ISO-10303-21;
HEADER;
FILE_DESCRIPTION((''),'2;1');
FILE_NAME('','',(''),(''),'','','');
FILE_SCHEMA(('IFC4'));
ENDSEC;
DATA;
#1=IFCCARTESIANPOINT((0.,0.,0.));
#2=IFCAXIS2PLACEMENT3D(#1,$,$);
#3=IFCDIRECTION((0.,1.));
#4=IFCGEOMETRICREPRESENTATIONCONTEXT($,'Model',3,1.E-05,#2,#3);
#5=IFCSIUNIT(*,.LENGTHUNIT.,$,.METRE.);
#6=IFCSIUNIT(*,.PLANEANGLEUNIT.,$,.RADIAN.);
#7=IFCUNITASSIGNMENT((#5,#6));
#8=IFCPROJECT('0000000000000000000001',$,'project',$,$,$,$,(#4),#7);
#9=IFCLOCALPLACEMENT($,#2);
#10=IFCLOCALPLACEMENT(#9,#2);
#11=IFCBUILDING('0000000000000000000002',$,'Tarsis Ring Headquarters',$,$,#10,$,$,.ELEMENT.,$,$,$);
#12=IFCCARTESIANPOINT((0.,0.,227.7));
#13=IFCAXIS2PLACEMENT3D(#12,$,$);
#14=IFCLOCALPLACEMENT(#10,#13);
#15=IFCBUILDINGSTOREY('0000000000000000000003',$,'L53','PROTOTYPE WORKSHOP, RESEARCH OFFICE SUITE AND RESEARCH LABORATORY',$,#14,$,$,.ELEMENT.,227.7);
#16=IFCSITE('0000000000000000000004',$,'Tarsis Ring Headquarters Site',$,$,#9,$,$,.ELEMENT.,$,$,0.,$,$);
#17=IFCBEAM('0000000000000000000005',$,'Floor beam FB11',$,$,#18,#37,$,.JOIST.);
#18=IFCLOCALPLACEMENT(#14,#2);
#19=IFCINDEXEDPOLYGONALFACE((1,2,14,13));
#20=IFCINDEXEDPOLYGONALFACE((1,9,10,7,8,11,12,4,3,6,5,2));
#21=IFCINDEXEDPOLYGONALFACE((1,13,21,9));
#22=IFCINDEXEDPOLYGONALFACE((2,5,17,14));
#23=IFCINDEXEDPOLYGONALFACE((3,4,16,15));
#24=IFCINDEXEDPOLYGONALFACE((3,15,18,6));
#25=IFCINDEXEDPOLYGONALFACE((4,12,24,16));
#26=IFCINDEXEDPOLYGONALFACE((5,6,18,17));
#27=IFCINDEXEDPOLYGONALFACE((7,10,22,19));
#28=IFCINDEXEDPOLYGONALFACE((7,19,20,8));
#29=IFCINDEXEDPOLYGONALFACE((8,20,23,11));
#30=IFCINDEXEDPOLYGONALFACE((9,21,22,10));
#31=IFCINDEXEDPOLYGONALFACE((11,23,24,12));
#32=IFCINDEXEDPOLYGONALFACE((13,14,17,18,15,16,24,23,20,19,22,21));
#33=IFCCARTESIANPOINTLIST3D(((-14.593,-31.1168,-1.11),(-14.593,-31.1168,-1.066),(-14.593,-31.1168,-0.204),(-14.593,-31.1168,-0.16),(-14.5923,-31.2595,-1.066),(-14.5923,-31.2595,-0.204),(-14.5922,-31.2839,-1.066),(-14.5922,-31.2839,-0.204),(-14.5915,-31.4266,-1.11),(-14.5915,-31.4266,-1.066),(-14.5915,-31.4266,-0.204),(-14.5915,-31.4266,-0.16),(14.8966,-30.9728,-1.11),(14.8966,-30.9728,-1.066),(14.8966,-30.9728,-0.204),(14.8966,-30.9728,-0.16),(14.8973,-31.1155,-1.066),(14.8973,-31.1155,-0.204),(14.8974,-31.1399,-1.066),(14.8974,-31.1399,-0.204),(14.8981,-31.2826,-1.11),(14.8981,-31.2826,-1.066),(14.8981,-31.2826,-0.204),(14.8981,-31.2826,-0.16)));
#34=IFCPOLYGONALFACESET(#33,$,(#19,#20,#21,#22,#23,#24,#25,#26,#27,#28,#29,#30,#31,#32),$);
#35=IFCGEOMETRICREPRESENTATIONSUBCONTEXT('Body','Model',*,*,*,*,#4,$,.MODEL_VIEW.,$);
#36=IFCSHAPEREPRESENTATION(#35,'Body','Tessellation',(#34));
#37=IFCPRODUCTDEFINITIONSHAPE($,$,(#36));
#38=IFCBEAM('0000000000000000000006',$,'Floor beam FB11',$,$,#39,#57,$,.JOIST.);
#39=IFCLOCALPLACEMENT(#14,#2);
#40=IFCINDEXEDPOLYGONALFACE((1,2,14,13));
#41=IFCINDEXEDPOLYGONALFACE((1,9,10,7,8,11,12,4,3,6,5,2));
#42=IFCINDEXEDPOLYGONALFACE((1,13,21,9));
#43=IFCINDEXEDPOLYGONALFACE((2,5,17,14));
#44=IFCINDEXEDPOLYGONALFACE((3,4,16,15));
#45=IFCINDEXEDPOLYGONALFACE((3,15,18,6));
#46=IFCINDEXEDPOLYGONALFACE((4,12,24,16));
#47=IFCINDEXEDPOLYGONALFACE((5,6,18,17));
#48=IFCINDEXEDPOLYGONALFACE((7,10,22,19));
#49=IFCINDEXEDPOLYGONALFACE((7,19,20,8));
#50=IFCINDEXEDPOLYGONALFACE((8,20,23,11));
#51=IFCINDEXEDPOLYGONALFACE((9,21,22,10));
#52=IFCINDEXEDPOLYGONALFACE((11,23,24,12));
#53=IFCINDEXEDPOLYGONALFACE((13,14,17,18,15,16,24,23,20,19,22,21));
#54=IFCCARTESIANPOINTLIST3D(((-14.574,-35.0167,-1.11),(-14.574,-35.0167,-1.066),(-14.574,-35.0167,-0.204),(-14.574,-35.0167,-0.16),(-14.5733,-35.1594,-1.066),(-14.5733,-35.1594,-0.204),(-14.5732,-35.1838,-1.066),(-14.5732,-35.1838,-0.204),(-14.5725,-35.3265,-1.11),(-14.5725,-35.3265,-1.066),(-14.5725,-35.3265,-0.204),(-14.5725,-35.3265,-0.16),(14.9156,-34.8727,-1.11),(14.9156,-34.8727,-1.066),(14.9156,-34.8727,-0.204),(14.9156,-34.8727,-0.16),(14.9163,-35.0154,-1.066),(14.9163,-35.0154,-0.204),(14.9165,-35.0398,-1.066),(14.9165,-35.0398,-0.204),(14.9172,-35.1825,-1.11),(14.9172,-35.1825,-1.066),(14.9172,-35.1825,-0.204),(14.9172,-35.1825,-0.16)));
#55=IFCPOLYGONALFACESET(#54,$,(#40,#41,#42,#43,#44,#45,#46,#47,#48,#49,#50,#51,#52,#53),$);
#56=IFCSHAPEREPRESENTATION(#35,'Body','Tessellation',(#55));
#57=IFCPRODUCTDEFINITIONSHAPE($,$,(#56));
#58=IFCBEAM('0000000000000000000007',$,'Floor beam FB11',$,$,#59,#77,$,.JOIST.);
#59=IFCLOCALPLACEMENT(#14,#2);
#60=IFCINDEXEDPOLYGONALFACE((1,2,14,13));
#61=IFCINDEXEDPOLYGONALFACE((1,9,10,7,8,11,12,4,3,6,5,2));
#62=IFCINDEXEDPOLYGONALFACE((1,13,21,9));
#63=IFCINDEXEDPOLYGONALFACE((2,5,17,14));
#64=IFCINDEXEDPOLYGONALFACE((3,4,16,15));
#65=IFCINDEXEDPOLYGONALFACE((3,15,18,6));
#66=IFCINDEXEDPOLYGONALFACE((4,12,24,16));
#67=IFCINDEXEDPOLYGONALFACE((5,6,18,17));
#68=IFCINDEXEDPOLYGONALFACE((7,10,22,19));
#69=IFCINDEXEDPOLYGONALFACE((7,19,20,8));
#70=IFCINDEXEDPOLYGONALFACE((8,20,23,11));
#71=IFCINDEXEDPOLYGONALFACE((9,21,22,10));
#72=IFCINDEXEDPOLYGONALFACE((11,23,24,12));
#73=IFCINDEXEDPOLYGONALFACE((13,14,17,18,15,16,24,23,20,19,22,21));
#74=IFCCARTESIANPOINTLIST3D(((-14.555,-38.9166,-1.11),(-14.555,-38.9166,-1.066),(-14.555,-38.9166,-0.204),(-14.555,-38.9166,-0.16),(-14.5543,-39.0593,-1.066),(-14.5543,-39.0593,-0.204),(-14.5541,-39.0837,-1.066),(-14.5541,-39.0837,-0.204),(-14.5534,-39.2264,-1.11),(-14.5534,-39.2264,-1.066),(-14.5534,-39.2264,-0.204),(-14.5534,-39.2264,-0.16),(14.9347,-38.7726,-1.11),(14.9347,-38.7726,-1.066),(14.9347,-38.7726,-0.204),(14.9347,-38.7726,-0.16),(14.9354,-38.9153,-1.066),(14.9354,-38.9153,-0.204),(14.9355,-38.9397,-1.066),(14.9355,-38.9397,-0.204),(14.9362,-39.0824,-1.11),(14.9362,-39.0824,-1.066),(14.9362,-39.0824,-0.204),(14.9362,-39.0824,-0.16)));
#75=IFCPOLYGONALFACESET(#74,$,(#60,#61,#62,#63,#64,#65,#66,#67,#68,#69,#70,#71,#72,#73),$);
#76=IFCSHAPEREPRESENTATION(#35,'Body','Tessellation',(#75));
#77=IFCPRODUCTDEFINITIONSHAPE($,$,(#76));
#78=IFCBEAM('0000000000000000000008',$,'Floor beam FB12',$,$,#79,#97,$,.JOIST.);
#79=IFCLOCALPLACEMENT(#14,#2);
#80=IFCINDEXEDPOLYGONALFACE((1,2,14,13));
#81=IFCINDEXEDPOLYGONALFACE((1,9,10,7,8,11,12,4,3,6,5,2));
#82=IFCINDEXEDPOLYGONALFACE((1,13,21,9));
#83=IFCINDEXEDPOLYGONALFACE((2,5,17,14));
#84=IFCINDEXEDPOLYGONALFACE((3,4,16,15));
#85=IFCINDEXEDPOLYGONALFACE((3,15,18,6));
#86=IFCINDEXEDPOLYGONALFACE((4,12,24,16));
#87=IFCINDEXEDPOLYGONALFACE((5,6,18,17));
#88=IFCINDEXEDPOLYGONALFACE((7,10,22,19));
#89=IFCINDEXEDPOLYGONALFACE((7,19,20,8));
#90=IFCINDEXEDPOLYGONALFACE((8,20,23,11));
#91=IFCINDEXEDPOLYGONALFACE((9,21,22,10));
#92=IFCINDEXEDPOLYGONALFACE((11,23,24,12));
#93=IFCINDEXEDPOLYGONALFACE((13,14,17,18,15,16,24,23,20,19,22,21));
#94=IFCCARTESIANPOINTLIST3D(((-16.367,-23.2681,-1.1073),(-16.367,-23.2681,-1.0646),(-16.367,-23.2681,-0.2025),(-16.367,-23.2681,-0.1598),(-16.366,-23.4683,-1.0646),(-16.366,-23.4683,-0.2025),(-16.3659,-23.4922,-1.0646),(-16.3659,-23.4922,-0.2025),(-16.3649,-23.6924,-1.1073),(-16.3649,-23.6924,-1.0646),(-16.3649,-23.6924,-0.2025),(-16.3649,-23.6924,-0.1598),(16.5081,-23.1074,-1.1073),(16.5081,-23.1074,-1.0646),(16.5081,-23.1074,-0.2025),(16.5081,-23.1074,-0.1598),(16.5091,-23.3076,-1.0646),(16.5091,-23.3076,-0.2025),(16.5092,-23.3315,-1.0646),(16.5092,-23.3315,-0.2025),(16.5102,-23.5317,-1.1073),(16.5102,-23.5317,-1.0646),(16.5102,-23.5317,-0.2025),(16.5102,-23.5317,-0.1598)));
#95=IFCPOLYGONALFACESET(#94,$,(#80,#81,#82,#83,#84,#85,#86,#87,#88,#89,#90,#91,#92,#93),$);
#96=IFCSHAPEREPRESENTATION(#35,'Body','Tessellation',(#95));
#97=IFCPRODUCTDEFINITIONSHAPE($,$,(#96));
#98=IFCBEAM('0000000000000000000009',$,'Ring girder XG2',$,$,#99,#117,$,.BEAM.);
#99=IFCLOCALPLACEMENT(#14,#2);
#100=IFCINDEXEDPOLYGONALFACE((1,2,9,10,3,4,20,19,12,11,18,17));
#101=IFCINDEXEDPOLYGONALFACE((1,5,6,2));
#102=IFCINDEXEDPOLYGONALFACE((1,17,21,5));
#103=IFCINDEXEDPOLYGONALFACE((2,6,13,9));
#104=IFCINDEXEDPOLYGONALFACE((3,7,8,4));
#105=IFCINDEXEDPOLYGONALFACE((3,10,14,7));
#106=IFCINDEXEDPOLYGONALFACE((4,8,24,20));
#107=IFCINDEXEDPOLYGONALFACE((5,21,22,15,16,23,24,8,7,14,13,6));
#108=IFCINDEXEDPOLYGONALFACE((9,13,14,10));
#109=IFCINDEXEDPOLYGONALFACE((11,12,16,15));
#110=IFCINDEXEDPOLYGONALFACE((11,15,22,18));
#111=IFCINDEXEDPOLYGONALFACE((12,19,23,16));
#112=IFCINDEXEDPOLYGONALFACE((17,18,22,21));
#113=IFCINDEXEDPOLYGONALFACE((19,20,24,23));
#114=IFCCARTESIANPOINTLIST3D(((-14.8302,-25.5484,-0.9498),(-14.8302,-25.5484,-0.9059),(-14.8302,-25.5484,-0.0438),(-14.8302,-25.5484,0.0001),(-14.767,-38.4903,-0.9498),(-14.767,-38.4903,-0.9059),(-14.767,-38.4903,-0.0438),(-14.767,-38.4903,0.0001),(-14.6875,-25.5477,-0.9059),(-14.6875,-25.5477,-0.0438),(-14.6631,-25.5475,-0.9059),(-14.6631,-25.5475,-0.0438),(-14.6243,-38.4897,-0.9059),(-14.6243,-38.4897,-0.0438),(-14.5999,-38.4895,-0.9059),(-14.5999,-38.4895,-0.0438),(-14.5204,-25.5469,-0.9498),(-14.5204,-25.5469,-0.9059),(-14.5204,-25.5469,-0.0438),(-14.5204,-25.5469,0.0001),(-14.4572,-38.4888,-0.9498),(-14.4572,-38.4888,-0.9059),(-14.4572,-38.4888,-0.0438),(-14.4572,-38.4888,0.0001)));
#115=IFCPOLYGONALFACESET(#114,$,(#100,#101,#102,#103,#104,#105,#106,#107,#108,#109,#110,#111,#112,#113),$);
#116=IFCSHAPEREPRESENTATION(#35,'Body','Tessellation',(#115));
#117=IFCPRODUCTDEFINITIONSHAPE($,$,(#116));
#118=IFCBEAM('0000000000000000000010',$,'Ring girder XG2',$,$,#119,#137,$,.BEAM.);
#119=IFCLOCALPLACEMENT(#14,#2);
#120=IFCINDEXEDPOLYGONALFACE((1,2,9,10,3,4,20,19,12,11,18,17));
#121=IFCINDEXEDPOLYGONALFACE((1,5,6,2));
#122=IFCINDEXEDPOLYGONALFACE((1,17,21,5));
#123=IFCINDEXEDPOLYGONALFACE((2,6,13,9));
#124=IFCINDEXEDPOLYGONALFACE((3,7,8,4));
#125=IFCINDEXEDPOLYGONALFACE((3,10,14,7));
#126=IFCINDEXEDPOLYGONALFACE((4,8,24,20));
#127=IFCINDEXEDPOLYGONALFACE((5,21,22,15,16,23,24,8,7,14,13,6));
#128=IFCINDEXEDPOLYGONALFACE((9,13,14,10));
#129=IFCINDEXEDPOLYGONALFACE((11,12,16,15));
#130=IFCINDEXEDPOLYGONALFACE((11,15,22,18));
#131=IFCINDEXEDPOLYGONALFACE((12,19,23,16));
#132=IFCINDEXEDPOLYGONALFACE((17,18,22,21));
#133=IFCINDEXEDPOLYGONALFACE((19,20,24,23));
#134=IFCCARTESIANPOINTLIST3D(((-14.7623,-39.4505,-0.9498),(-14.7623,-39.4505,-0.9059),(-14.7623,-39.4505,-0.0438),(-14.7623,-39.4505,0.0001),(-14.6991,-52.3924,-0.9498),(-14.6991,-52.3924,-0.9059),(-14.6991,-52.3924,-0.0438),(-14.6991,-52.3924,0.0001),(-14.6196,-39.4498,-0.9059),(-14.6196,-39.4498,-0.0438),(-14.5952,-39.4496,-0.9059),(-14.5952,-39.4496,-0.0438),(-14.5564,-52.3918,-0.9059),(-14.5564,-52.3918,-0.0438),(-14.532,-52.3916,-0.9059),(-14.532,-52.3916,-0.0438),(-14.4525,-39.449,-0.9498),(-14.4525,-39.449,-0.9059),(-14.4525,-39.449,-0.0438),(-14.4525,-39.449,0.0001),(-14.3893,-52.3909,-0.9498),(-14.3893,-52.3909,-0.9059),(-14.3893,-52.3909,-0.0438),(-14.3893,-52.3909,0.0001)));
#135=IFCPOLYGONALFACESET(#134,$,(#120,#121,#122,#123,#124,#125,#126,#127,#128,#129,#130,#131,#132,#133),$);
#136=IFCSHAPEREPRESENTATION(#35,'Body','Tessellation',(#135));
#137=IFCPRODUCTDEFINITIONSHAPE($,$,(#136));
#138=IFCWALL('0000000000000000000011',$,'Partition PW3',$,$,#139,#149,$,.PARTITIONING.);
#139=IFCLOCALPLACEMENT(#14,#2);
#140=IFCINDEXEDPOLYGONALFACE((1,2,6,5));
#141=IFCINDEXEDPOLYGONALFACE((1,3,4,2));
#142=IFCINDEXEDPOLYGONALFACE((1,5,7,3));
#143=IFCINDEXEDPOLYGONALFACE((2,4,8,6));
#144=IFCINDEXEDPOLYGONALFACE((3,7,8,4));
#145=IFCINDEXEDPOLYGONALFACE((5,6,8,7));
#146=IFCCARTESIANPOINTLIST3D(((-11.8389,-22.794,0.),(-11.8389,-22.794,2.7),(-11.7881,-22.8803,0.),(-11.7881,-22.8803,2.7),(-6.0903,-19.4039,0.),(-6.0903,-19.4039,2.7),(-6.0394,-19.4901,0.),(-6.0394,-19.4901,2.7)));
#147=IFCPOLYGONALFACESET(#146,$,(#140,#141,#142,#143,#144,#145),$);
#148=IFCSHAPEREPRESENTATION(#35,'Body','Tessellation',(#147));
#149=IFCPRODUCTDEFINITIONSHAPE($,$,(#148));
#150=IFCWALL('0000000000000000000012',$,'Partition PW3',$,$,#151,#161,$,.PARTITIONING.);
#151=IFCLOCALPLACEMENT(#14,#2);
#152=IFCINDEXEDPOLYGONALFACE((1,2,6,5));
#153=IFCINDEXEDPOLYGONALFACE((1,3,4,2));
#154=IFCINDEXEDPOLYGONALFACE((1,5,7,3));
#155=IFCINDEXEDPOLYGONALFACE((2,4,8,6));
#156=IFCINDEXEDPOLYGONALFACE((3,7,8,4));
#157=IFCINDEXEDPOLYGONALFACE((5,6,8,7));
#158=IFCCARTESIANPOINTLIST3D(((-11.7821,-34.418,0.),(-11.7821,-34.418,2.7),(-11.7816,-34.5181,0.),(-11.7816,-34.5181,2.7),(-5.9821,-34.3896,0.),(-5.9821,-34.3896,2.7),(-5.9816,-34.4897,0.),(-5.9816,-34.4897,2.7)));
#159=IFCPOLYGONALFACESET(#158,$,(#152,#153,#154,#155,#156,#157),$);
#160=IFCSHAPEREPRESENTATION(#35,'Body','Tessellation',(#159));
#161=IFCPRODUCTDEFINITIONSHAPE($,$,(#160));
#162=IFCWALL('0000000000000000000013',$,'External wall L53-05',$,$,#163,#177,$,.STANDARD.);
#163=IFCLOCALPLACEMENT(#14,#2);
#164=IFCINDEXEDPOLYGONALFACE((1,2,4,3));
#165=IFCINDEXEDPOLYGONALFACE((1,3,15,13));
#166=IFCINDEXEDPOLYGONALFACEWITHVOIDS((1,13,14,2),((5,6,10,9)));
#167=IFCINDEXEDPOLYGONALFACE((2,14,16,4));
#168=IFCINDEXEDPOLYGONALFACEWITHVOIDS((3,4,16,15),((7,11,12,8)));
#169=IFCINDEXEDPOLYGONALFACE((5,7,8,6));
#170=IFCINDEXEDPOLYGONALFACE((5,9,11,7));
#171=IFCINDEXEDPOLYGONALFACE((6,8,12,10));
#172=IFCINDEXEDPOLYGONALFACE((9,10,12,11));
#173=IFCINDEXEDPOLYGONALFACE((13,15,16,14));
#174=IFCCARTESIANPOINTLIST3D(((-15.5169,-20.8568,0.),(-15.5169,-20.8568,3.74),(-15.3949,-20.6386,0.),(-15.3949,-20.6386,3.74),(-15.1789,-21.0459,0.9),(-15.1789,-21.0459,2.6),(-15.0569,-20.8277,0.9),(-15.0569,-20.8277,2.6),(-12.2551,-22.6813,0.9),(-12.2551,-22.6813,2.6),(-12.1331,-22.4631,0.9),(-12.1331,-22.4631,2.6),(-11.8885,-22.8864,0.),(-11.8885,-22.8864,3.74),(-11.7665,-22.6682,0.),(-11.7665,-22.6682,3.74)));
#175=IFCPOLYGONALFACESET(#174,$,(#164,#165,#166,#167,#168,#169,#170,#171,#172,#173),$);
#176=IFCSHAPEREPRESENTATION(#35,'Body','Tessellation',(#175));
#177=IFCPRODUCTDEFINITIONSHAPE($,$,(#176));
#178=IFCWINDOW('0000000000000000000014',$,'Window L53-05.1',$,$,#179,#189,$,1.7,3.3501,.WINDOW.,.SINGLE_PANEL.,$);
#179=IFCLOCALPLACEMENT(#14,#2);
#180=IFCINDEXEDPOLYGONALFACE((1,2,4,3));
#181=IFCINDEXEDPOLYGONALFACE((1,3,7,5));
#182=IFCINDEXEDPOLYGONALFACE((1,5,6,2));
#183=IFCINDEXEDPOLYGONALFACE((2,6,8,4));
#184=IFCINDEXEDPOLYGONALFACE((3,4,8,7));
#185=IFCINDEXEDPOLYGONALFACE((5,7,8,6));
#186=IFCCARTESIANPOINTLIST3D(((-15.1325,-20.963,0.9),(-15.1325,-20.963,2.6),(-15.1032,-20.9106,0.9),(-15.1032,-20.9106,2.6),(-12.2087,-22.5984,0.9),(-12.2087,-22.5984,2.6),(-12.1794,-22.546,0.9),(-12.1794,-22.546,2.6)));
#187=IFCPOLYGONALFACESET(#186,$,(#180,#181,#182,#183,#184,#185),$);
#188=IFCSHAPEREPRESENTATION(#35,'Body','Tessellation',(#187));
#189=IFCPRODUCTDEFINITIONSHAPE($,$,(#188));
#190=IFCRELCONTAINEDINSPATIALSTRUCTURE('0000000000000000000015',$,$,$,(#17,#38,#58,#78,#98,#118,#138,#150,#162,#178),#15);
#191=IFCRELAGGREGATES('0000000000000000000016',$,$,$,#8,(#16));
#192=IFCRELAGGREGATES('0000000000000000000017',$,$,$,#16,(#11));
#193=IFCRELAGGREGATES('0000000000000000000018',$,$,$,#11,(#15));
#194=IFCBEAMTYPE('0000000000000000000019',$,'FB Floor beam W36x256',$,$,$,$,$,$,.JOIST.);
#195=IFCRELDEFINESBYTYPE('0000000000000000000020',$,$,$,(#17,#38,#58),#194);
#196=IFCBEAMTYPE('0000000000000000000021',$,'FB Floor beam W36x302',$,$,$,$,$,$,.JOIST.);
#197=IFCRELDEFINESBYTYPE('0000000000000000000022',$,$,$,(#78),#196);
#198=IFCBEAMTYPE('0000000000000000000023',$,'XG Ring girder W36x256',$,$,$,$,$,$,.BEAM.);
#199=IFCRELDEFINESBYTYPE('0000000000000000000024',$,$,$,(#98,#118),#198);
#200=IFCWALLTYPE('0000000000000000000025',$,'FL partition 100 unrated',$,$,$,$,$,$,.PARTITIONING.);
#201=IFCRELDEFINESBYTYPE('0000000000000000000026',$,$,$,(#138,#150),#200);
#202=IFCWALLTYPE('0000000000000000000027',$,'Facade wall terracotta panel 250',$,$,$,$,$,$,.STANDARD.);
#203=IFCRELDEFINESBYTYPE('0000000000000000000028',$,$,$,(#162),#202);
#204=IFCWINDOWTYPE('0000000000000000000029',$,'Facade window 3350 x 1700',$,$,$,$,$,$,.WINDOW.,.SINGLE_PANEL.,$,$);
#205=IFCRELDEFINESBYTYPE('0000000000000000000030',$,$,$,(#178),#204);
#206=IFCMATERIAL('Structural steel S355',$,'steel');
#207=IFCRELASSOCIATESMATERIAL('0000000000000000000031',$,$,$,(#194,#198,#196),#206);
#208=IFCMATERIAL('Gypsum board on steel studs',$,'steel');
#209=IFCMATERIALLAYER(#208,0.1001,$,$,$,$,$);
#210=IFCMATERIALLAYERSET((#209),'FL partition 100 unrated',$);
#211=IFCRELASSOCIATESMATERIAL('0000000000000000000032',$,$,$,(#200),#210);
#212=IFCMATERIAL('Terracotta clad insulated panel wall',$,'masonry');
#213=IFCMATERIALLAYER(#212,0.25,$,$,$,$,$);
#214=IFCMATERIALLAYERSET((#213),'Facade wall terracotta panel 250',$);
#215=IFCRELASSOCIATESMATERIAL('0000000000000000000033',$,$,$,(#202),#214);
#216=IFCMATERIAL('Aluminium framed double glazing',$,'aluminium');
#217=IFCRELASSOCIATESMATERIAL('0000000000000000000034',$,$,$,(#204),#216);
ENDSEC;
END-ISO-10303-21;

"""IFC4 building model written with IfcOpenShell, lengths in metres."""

from ifc_helpers import new_model, si_unit, direction, frame, frame_2d, origin, origin_2d, place, context, subcontext, project, spatial, rectangle, i_section, extrude, material, layer, layer_set, material_profile, profile_set, type_object, element, fill, save


model = new_model("IFC4")

# Units and contexts
model_context = context("Model", 3, precision=1e-05, world=origin(), true_north=direction((0.0, 1.0)))
body_context = subcontext(model_context, "Body", "Model", "MODEL_VIEW")
ifc_project = project(units=[si_unit("LENGTHUNIT", "METRE"), si_unit("PLANEANGLEUNIT", "RADIAN")], contexts=[model_context])

# Site, building, storey
site_placement = place(None, origin())
site = spatial("IfcSite", under=ifc_project, at=site_placement, Name="Tarsis Ring Headquarters Site", CompositionType="ELEMENT", RefElevation=0.0)
building_placement = place(site_placement, origin())
building = spatial("IfcBuilding", under=site, at=building_placement, Name="Tarsis Ring Headquarters", CompositionType="ELEMENT")
storey_placement = place(building_placement, frame((0.0, 0.0, 227.7)))
storey = spatial("IfcBuildingStorey", under=building, at=storey_placement, Name="L53", Description="PROTOTYPE WORKSHOP, RESEARCH OFFICE SUITE AND RESEARCH LABORATORY", CompositionType="ELEMENT", Elevation=227.7)

# Shared definitions
ifc_material_1 = material(Name="Structural steel S355", Category="steel")

# Beams
ifc_material_profile_1 = material_profile(ifc_material_1, i_section(OverallWidth=0.3098, OverallDepth=0.95, WebThickness=0.0244, FlangeThickness=0.0439, at=origin_2d()), Name="W36x256")
ifc_profile_set_1 = profile_set([ifc_material_profile_1], Name="Structural steel S355")
beam_type_1 = type_object("IfcBeamType", Name="FB Floor beam W36x256", PredefinedType="JOIST", material=ifc_profile_set_1)
for number, where, z_axis, x_axis, name in (
    (1, (-14.5923, -31.2717, -0.635), (0.999988, 0.004884, 0.0), (-0.004884, 0.999988, 0.0), "Floor beam FB11"),
    (2, (-14.5732, -35.1716, -0.635), (0.999988, 0.004884, 0.0), (-0.004884, 0.999988, 0.0), "Floor beam FB11"),
    (3, (-14.5542, -39.0715, -0.635), (0.999988, 0.004884, 0.0), (-0.004884, 0.999988, 0.0), "Floor beam FB11"),
):
    element("IfcBeam", number, at=place(storey_placement, frame(where, z_axis=z_axis, x_axis=x_axis)), inside=storey, type_object=beam_type_1, Name=name, PredefinedType="JOIST", context=body_context, shape_type="SweptSolid", body=[
        extrude(i_section(OverallWidth=0.3098, OverallDepth=0.95, WebThickness=0.0244, FlangeThickness=0.0439, at=origin_2d()), origin(), (0.0, 0.0, 1.0), 29.49),
    ])
ifc_material_profile_2 = material_profile(ifc_material_1, i_section(OverallWidth=0.4243, OverallDepth=0.9475, WebThickness=0.0239, FlangeThickness=0.0427, at=origin_2d()), Name="W36x302")
ifc_profile_set_2 = profile_set([ifc_material_profile_2], Name="Structural steel S355")
beam_type_2 = type_object("IfcBeamType", Name="FB Floor beam W36x302", PredefinedType="JOIST", material=ifc_profile_set_2)
beam_placement = place(storey_placement, frame((-16.366, -23.4802, -0.6335), z_axis=(0.999988, 0.004886, 0.0), x_axis=(-0.004886, 0.999988, 0.0)))
element("IfcBeam", 4, at=beam_placement, inside=storey, type_object=beam_type_2, Name="Floor beam FB12", PredefinedType="JOIST", context=body_context, shape_type="SweptSolid", body=[
    extrude(i_section(OverallWidth=0.4243, OverallDepth=0.9475, WebThickness=0.0239, FlangeThickness=0.0427, at=origin_2d()), origin(), (0.0, 0.0, 1.0), 32.8755),
])
beam_type_3 = type_object("IfcBeamType", Name="XG Ring girder W36x256", PredefinedType="BEAM", material=ifc_profile_set_1)
for number, where, z_axis, x_axis, name in (
    (5, (-14.6753, -25.5476, -0.4749), (0.004886, -0.999988, 0.0), (0.999988, 0.004886, 0.0), "Ring girder XG2"),
    (6, (-14.6074, -39.4497, -0.4749), (0.004886, -0.999988, 0.0), (0.999988, 0.004886, 0.0), "Ring girder XG2"),
):
    element("IfcBeam", number, at=place(storey_placement, frame(where, z_axis=z_axis, x_axis=x_axis)), inside=storey, type_object=beam_type_3, Name=name, PredefinedType="BEAM", context=body_context, shape_type="SweptSolid", body=[
        extrude(i_section(OverallWidth=0.3098, OverallDepth=0.95, WebThickness=0.0244, FlangeThickness=0.0439, at=origin_2d()), origin(), (0.0, 0.0, 1.0), 12.9421),
    ])

# Walls
ifc_material_2 = material(Name="Gypsum board on steel studs", Category="steel")
ifc_layer_1 = layer(ifc_material_2, 0.1001)
ifc_layer_set_1 = layer_set([ifc_layer_1], Name="FL partition 100 unrated")
wall_type_1 = type_object("IfcWallType", Name="FL partition 100 unrated", PredefinedType="PARTITIONING", material=ifc_layer_set_1)
wall_1_placement = place(storey_placement, frame((-11.8135, -22.8372, 0.0), z_axis=(0.0, 0.0, 1.0), x_axis=(0.861368, 0.507982, 0.0)))
element("IfcWall", 7, at=wall_1_placement, inside=storey, type_object=wall_type_1, Name="Partition PW3", PredefinedType="PARTITIONING", context=body_context, shape_type="SweptSolid", body=[
    extrude(rectangle(XDim=6.6738, YDim=0.1001, at=frame_2d((3.3369, 0.0))), origin(), (0.0, 0.0, 1.0), 2.7),
])
wall_2_placement = place(storey_placement, frame((-11.7817, -34.468, 0.0), z_axis=(0.0, 0.0, 1.0), x_axis=(0.999988, 0.004883, 0.0)))
element("IfcWall", 8, at=wall_2_placement, inside=storey, type_object=wall_type_1, Name="Partition PW3", PredefinedType="PARTITIONING", context=body_context, shape_type="SweptSolid", body=[
    extrude(rectangle(XDim=5.8, YDim=0.1001, at=frame_2d((2.8999, 0.0))), origin(), (0.0, 0.0, 1.0), 2.7),
])

# Wall, opening, window
ifc_material_3 = material(Name="Terracotta clad insulated panel wall", Category="masonry")
ifc_layer_2 = layer(ifc_material_3, 0.25)
ifc_layer_set_2 = layer_set([ifc_layer_2], Name="Facade wall terracotta panel 250")
wall_type_2 = type_object("IfcWallType", Name="Facade wall terracotta panel 250", PredefinedType="STANDARD", material=ifc_layer_set_2)
wall_3_placement = place(storey_placement, frame((-15.4558, -20.7478, 0.0), z_axis=(0.0, 0.0, 1.0), x_axis=(0.872749, -0.488169, 0.0)))
wall_3 = element("IfcWall", 9, at=wall_3_placement, inside=storey, type_object=wall_type_2, Name="External wall L53-05", PredefinedType="STANDARD", context=body_context, shape_type="SweptSolid", body=[
    extrude(rectangle(XDim=4.1575, YDim=0.25, at=frame_2d((2.0786, 0.0))), origin(), (0.0, 0.0, 1.0), 3.74),
])
opening_1_placement = place(wall_3_placement, frame((0.3872, 0.0, 0.8999)))
opening_1 = element("IfcOpeningElement", 10, at=opening_1_placement, cuts=wall_3, PredefinedType="OPENING", context=body_context, shape_type="SweptSolid", body=[
    extrude(rectangle(XDim=3.3501, YDim=1.7, at=frame_2d((1.675, 0.8501))), frame((0.0, 0.135, 0.0), z_axis=(0.0, -1.0, 0.0), x_axis=(1.0, 0.0, 0.0)), (0.0, 0.0, 1.0), 0.27),
])
ifc_material_4 = material(Name="Aluminium framed double glazing", Category="aluminium")
window_type_1 = type_object("IfcWindowType", Name="Facade window 3350 x 1700", PartitioningType="SINGLE_PANEL", PredefinedType="WINDOW", material=ifc_material_4)
window_1_placement = place(opening_1_placement, origin())
window_1 = element("IfcWindow", 11, at=window_1_placement, inside=storey, type_object=window_type_1, Name="Window L53-05.1", OverallHeight=1.7, OverallWidth=3.3501, PartitioningType="SINGLE_PANEL", PredefinedType="WINDOW", context=body_context, shape_type="SweptSolid", body=[
    extrude(rectangle(XDim=3.3501, YDim=1.7, at=frame_2d((1.675, 0.8501))), frame((0.0, 0.03, 0.0), z_axis=(0.0, -1.0, 0.0), x_axis=(1.0, 0.0, 0.0)), (0.0, 0.0, 1.0), 0.0601),
])
fill(opening_1, window_1)

save(model, "model.ifc")
